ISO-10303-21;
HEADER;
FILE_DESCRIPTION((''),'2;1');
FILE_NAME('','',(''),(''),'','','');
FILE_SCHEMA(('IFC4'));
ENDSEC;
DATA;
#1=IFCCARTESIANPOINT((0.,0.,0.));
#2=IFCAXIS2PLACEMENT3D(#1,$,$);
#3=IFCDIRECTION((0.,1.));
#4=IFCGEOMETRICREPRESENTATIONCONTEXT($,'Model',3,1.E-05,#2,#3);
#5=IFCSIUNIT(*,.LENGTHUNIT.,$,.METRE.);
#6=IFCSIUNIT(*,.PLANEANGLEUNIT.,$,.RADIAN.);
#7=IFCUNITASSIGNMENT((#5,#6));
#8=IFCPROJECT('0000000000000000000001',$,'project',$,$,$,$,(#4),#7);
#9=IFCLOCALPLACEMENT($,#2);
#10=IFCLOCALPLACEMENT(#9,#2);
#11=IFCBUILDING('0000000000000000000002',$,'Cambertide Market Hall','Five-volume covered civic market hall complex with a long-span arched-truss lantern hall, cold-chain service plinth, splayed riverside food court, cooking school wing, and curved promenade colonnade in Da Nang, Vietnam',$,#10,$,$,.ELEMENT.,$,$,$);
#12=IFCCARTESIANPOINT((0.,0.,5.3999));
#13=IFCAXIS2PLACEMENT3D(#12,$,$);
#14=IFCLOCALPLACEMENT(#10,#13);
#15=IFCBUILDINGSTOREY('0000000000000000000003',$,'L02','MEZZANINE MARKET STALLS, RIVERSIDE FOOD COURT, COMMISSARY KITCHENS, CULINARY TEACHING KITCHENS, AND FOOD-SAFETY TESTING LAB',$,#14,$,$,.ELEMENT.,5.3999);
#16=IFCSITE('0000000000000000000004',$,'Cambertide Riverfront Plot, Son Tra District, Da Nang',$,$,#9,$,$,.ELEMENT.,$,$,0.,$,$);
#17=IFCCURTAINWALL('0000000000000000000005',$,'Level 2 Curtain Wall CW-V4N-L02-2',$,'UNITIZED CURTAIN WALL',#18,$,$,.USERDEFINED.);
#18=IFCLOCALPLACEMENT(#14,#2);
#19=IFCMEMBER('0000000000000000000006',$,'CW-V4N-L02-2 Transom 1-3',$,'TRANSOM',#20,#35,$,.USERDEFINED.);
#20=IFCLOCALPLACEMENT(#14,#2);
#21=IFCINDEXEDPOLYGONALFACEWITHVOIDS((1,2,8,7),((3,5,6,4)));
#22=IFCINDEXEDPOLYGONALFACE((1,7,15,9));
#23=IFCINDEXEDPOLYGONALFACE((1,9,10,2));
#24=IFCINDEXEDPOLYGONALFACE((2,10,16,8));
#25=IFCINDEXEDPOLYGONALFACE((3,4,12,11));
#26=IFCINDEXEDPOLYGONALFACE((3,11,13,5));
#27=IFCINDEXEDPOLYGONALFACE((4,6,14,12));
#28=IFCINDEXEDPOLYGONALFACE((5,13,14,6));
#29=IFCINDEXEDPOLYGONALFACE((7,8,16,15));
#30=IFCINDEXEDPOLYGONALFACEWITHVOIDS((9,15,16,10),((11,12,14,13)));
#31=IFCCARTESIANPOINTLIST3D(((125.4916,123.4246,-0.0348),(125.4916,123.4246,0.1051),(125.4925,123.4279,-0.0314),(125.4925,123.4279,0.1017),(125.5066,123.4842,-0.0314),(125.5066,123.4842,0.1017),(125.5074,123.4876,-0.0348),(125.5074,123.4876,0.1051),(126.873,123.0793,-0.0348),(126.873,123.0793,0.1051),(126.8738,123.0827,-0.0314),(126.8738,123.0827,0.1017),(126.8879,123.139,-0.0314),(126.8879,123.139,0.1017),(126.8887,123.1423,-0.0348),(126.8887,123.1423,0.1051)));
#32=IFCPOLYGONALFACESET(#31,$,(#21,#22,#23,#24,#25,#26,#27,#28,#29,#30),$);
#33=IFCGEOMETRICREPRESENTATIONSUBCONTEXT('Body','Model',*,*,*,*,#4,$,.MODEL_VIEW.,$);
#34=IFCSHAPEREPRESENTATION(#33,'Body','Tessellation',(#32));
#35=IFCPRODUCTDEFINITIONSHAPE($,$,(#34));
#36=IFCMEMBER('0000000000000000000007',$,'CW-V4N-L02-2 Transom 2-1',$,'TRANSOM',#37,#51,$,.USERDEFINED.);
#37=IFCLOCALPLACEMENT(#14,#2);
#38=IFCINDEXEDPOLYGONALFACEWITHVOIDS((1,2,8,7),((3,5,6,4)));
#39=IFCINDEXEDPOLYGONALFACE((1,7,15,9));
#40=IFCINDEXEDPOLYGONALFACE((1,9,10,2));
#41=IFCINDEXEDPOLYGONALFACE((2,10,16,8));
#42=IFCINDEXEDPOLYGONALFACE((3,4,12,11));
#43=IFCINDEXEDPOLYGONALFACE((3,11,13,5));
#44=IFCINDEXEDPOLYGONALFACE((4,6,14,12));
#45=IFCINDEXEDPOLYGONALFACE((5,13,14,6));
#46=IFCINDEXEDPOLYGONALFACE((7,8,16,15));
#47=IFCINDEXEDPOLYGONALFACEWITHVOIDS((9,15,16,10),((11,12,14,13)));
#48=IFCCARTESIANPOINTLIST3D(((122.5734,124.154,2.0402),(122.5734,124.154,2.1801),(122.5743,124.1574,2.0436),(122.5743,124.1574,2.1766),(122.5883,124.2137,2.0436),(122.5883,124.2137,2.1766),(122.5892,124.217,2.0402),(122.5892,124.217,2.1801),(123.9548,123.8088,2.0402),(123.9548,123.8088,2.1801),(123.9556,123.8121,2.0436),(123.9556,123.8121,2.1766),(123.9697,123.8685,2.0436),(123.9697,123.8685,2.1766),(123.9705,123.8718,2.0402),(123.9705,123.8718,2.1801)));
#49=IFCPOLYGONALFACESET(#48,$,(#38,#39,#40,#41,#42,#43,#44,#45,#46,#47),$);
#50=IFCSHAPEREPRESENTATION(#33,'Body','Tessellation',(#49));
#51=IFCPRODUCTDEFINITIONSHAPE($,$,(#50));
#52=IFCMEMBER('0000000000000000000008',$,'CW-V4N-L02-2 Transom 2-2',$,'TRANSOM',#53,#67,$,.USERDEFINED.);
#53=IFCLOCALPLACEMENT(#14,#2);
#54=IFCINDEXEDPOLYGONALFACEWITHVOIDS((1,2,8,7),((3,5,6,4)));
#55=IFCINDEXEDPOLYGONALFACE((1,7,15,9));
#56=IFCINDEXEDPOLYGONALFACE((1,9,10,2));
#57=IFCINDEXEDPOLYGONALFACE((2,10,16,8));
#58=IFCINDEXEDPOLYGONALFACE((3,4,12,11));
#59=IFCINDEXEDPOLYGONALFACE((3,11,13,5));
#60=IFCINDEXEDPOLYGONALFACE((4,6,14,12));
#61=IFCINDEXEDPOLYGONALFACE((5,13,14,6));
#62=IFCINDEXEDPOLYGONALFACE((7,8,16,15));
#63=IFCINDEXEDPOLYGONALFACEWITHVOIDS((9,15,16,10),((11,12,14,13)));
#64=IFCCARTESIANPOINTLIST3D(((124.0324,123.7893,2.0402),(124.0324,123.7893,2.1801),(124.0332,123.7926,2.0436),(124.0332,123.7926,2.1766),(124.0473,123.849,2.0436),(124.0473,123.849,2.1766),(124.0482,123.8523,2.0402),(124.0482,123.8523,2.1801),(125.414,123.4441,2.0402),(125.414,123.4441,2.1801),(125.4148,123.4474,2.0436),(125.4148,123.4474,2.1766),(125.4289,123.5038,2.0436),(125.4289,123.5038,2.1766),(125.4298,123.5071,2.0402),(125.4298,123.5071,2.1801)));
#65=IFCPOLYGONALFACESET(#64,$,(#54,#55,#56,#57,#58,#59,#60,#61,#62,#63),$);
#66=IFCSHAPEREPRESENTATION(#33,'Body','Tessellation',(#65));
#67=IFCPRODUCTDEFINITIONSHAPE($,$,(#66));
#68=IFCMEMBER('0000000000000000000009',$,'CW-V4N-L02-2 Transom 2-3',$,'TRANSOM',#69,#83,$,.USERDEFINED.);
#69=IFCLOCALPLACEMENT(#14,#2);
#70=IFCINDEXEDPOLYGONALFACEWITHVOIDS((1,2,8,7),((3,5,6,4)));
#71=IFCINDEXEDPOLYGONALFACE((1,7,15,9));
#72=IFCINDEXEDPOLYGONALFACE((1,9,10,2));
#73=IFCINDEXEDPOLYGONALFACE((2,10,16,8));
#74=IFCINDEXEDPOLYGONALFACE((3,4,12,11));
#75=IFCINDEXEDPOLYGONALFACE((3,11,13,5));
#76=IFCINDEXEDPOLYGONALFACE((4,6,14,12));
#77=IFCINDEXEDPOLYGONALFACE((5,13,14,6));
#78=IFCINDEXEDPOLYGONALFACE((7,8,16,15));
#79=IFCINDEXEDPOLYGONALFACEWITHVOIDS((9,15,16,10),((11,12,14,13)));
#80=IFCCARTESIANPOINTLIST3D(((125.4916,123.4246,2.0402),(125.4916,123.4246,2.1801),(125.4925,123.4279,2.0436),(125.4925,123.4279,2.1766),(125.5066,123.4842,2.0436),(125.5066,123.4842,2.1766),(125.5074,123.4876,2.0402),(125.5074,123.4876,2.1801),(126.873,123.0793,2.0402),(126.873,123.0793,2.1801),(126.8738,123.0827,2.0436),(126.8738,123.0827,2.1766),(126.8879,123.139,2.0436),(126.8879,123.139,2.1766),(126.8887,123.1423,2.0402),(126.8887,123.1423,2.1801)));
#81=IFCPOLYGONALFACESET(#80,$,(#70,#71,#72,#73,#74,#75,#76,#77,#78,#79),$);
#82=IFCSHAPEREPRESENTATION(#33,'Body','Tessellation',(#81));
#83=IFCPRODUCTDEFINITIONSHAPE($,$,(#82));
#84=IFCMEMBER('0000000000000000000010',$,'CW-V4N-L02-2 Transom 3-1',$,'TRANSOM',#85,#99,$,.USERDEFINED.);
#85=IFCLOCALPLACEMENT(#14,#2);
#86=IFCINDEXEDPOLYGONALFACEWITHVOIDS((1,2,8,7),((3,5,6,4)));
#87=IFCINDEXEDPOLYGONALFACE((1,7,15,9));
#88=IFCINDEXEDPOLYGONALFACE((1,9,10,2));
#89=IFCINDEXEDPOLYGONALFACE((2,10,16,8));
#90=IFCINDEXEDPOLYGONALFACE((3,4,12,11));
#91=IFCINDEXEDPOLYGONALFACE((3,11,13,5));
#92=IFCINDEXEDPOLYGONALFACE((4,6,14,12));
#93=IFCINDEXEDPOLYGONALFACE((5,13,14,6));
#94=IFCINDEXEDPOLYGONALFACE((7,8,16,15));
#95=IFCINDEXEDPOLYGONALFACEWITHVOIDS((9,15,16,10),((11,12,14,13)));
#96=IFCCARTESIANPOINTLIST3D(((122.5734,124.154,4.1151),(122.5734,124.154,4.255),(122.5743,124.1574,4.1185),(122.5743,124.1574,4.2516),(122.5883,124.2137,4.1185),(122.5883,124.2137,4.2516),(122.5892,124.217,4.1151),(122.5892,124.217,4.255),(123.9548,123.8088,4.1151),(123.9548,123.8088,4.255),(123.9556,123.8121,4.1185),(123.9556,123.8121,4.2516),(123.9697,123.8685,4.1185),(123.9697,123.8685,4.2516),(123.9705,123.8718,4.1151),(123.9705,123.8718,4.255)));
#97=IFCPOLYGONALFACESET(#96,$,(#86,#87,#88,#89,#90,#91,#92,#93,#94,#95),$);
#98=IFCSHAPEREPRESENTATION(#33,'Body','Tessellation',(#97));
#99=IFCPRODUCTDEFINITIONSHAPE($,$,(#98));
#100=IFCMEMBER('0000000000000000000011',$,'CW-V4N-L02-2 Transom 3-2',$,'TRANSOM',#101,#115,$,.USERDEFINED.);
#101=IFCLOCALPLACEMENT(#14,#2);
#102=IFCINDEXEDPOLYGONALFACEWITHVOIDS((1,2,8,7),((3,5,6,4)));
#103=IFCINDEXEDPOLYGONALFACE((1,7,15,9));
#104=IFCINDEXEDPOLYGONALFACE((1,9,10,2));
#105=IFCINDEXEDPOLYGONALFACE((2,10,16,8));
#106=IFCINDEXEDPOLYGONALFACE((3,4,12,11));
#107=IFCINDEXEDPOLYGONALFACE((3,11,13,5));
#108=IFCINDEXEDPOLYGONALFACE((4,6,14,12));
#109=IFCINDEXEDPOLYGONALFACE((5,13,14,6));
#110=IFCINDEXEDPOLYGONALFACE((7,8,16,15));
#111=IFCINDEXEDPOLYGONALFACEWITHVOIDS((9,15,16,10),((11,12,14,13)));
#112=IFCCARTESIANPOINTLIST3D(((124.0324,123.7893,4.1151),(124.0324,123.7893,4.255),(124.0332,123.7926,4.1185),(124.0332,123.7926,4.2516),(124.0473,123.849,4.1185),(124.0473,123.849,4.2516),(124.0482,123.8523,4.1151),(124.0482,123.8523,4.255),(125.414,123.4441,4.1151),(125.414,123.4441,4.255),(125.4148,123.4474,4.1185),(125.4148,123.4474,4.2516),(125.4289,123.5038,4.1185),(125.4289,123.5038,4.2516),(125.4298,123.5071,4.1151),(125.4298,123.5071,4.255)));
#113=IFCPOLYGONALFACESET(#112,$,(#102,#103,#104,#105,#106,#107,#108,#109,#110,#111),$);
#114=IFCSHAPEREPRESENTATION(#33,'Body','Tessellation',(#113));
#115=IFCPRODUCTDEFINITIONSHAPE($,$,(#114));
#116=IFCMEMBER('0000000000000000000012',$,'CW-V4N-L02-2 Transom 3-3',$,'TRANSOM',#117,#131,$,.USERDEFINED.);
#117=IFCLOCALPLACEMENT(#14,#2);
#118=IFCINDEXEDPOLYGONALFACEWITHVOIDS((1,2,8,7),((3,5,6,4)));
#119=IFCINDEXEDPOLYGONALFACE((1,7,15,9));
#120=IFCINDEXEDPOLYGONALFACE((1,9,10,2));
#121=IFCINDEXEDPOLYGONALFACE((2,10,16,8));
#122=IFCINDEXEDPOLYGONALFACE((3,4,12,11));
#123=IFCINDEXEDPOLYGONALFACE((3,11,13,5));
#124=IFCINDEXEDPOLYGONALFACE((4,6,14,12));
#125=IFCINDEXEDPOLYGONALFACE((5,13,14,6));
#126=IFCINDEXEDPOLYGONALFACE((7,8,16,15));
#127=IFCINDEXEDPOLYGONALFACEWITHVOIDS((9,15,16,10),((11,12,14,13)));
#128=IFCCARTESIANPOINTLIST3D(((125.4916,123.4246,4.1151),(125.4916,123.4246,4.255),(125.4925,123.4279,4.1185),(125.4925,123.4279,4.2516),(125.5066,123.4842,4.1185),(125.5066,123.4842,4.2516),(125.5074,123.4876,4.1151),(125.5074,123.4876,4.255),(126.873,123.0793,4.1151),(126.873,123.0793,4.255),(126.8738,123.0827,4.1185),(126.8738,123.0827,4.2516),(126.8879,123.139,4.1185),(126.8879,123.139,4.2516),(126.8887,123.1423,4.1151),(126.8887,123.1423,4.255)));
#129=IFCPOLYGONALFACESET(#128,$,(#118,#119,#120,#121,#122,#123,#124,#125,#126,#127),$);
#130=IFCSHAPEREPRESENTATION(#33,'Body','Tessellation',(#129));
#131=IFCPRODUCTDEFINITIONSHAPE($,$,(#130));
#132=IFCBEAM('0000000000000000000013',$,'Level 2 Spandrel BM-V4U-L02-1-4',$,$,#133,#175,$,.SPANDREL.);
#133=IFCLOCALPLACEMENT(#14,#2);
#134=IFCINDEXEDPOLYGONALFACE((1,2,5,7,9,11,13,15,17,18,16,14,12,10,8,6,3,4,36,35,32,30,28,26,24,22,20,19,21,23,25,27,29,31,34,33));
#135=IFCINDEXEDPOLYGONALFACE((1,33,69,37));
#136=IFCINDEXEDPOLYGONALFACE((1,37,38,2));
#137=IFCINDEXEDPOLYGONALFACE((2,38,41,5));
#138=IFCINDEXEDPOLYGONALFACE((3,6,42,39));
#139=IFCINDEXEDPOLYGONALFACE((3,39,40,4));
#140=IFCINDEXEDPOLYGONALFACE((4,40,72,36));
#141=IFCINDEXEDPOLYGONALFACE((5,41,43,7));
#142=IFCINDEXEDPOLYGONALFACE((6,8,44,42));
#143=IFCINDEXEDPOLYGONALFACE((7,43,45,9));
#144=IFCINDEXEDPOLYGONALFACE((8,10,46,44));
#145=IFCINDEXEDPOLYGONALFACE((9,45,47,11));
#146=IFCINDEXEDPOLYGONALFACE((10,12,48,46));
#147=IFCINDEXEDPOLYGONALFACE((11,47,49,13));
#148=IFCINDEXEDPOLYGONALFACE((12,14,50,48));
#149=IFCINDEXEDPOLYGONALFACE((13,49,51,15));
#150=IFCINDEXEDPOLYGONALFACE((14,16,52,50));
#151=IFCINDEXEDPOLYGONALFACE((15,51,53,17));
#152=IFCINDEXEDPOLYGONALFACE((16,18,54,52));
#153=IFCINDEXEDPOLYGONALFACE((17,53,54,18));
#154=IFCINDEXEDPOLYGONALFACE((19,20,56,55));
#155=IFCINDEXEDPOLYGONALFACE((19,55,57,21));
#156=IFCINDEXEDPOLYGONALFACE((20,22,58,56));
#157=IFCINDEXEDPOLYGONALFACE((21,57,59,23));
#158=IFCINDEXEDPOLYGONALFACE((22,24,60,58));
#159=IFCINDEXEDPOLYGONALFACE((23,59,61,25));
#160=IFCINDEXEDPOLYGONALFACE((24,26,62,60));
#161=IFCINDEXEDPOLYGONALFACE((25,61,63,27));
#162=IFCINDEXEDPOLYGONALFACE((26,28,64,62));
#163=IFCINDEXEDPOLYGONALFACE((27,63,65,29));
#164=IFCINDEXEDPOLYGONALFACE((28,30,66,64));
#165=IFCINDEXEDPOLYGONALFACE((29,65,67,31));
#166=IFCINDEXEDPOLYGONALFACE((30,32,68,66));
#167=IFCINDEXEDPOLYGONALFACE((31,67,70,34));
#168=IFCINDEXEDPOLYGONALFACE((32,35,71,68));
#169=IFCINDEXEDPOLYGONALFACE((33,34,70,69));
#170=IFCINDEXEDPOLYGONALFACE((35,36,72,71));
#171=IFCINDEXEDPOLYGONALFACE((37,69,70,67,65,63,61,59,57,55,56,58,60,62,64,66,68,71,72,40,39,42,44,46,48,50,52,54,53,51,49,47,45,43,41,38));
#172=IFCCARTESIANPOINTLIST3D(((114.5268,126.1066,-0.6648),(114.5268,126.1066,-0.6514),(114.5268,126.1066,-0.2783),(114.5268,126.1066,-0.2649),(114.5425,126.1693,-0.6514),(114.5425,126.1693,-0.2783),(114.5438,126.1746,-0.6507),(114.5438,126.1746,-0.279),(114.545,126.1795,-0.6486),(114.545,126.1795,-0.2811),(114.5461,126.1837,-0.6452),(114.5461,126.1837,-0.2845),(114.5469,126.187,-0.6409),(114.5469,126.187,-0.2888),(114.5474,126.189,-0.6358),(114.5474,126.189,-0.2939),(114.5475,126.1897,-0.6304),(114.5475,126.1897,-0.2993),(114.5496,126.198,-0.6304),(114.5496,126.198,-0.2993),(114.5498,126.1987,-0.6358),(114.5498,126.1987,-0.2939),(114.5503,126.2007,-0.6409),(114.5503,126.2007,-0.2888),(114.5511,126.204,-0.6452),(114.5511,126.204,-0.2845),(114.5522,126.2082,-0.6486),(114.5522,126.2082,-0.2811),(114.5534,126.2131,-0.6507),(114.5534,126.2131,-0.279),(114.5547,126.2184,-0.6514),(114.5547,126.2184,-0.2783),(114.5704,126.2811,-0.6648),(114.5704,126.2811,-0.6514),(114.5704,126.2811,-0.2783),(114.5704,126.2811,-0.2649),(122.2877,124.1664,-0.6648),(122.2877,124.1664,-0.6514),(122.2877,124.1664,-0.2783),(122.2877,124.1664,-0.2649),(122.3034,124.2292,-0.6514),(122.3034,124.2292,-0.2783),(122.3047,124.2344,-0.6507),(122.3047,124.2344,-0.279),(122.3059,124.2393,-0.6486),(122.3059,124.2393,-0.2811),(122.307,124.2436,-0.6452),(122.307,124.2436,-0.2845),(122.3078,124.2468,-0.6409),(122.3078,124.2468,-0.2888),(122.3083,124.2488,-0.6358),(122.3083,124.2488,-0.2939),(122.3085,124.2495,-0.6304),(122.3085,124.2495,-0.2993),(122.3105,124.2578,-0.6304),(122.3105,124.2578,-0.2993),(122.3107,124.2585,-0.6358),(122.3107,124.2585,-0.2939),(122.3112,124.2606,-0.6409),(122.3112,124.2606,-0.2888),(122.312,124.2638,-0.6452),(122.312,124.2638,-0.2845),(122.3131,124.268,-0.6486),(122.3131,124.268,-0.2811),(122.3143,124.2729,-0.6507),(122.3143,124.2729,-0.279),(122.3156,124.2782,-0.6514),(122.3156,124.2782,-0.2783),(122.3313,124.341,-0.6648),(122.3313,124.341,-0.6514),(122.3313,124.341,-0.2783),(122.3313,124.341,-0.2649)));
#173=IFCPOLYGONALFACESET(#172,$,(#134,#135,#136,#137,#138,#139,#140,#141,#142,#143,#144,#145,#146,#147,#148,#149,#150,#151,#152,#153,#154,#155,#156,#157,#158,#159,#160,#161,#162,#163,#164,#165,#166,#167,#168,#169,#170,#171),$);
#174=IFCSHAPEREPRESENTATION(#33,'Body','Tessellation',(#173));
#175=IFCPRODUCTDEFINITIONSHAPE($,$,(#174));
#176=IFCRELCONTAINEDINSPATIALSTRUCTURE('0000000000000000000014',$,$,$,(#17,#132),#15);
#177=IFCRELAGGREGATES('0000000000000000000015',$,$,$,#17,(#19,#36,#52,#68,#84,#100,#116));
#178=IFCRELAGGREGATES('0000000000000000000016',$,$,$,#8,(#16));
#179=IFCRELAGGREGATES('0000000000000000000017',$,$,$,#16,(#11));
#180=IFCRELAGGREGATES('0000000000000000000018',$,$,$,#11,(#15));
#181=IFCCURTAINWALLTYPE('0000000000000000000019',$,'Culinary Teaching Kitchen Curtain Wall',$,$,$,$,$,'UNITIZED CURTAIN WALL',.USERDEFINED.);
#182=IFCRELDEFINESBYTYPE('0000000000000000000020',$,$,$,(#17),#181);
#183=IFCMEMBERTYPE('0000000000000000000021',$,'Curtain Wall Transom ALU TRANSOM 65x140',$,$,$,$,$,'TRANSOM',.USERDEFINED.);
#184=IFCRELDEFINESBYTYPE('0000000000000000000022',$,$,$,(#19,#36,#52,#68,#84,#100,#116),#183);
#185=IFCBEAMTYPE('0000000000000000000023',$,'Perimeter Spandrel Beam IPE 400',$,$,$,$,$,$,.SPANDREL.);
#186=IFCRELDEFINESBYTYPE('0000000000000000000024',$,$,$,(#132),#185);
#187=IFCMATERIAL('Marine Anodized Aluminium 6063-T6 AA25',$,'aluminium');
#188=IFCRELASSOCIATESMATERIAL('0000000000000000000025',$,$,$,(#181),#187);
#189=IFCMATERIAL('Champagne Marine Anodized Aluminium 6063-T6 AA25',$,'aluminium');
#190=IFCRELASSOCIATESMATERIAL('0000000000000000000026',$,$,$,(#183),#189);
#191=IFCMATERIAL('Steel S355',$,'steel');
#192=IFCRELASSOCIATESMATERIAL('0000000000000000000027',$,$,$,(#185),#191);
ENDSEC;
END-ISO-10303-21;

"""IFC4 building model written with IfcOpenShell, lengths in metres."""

from ifc_helpers import new_model, si_unit, direction, frame, origin, origin_2d, place, context, subcontext, project, spatial, hollow_rectangle, i_section, extrude, material, material_profile, profile_set, type_object, element, aggregate, save


model = new_model("IFC4")

# Units and contexts
model_context = context("Model", 3, precision=1e-05, world=origin(), true_north=direction((0.0, 1.0)))
body_context = subcontext(model_context, "Body", "Model", "MODEL_VIEW")
ifc_project = project(units=[si_unit("LENGTHUNIT", "METRE"), si_unit("PLANEANGLEUNIT", "RADIAN")], contexts=[model_context])

# Site, building, storey
site_placement = place(None, origin())
site = spatial("IfcSite", under=ifc_project, at=site_placement, Name="Cambertide Riverfront Plot, Son Tra District, Da Nang", CompositionType="ELEMENT", RefElevation=0.0)
building_placement = place(site_placement, origin())
building = spatial("IfcBuilding", under=site, at=building_placement, Name="Cambertide Market Hall", Description="Five-volume covered civic market hall complex with a long-span arched-truss lantern hall, cold-chain service plinth, splayed riverside food court, cooking school wing, and curved promenade colonnade in Da Nang, Vietnam", CompositionType="ELEMENT")
storey_placement = place(building_placement, frame((0.0, 0.0, 5.3999)))
storey = spatial("IfcBuildingStorey", under=building, at=storey_placement, Name="L02", Description="MEZZANINE MARKET STALLS, RIVERSIDE FOOD COURT, COMMISSARY KITCHENS, CULINARY TEACHING KITCHENS, AND FOOD-SAFETY TESTING LAB", CompositionType="ELEMENT", Elevation=5.3999)

# Curtain wall, members
ifc_material_1 = material(Name="Marine Anodized Aluminium 6063-T6 AA25", Category="aluminium")
curtain_wall_type = type_object("IfcCurtainWallType", Name="Culinary Teaching Kitchen Curtain Wall", ElementType="UNITIZED CURTAIN WALL", PredefinedType="USERDEFINED", material=ifc_material_1)
curtain_wall_placement = place(storey_placement, origin())
curtain_wall = element("IfcCurtainWall", 1, at=curtain_wall_placement, inside=storey, type_object=curtain_wall_type, Name="Level 2 Curtain Wall CW-V4N-L02-2", ObjectType="UNITIZED CURTAIN WALL", PredefinedType="USERDEFINED")
ifc_material_2 = material(Name="Champagne Marine Anodized Aluminium 6063-T6 AA25", Category="aluminium")
ifc_material_profile_1 = material_profile(ifc_material_2, hollow_rectangle(XDim=0.0649, YDim=0.1399, WallThickness=0.0034, at=origin_2d()), Name="ALU TRANSOM 65x140")
ifc_profile_set_1 = profile_set([ifc_material_profile_1], Name="Champagne Marine Anodized Aluminium 6063-T6 AA25")
member_type_1 = type_object("IfcMemberType", Name="Curtain Wall Transom ALU TRANSOM 65x140", ElementType="TRANSOM", PredefinedType="USERDEFINED", material=ifc_profile_set_1)
member_1_placement = place(storey_placement, frame((125.4995, 123.4561, 0.0352), z_axis=(0.970163, -0.242455, 0.0), x_axis=(0.242455, 0.970163, 0.0)))
member_1 = element("IfcMember", 2, at=member_1_placement, type_object=member_type_1, Name="CW-V4N-L02-2 Transom 1-3", ObjectType="TRANSOM", PredefinedType="USERDEFINED", context=body_context, shape_type="SweptSolid", body=[
    extrude(hollow_rectangle(XDim=0.0649, YDim=0.1399, WallThickness=0.0034, at=origin_2d()), origin(), (0.0, 0.0, 1.0), 1.4238),
])
member_2_placement = place(storey_placement, frame((122.5813, 124.1855, 2.1101), z_axis=(0.970163, -0.242455, 0.0), x_axis=(0.242455, 0.970163, 0.0)))
member_2 = element("IfcMember", 3, at=member_2_placement, type_object=member_type_1, Name="CW-V4N-L02-2 Transom 2-1", ObjectType="TRANSOM", PredefinedType="USERDEFINED", context=body_context, shape_type="SweptSolid", body=[
    extrude(hollow_rectangle(XDim=0.0649, YDim=0.1399, WallThickness=0.0034, at=origin_2d()), origin(), (0.0, 0.0, 1.0), 1.4238),
])
member_3_placement = place(storey_placement, frame((124.0403, 123.8208, 2.1101), z_axis=(0.970173, -0.242415, 0.0), x_axis=(0.242415, 0.970173, 0.0)))
member_3 = element("IfcMember", 4, at=member_3_placement, type_object=member_type_1, Name="CW-V4N-L02-2 Transom 2-2", ObjectType="TRANSOM", PredefinedType="USERDEFINED", context=body_context, shape_type="SweptSolid", body=[
    extrude(hollow_rectangle(XDim=0.0649, YDim=0.1399, WallThickness=0.0034, at=origin_2d()), origin(), (0.0, 0.0, 1.0), 1.4241),
])
member_4_placement = place(storey_placement, frame((125.4995, 123.4561, 2.1101), z_axis=(0.970163, -0.242455, 0.0), x_axis=(0.242455, 0.970163, 0.0)))
member_4 = element("IfcMember", 5, at=member_4_placement, type_object=member_type_1, Name="CW-V4N-L02-2 Transom 2-3", ObjectType="TRANSOM", PredefinedType="USERDEFINED", context=body_context, shape_type="SweptSolid", body=[
    extrude(hollow_rectangle(XDim=0.0649, YDim=0.1399, WallThickness=0.0034, at=origin_2d()), origin(), (0.0, 0.0, 1.0), 1.4238),
])
member_5_placement = place(storey_placement, frame((122.5813, 124.1855, 4.1851), z_axis=(0.970163, -0.242455, 0.0), x_axis=(0.242455, 0.970163, 0.0)))
member_5 = element("IfcMember", 6, at=member_5_placement, type_object=member_type_1, Name="CW-V4N-L02-2 Transom 3-1", ObjectType="TRANSOM", PredefinedType="USERDEFINED", context=body_context, shape_type="SweptSolid", body=[
    extrude(hollow_rectangle(XDim=0.0649, YDim=0.1399, WallThickness=0.0034, at=origin_2d()), origin(), (0.0, 0.0, 1.0), 1.4238),
])
member_6_placement = place(storey_placement, frame((124.0403, 123.8208, 4.1851), z_axis=(0.970173, -0.242415, 0.0), x_axis=(0.242415, 0.970173, 0.0)))
member_6 = element("IfcMember", 7, at=member_6_placement, type_object=member_type_1, Name="CW-V4N-L02-2 Transom 3-2", ObjectType="TRANSOM", PredefinedType="USERDEFINED", context=body_context, shape_type="SweptSolid", body=[
    extrude(hollow_rectangle(XDim=0.0649, YDim=0.1399, WallThickness=0.0034, at=origin_2d()), origin(), (0.0, 0.0, 1.0), 1.4241),
])
member_7_placement = place(storey_placement, frame((125.4995, 123.4561, 4.1851), z_axis=(0.970163, -0.242455, 0.0), x_axis=(0.242455, 0.970163, 0.0)))
member_7 = element("IfcMember", 8, at=member_7_placement, type_object=member_type_1, Name="CW-V4N-L02-2 Transom 3-3", ObjectType="TRANSOM", PredefinedType="USERDEFINED", context=body_context, shape_type="SweptSolid", body=[
    extrude(hollow_rectangle(XDim=0.0649, YDim=0.1399, WallThickness=0.0034, at=origin_2d()), origin(), (0.0, 0.0, 1.0), 1.4238),
])

# Beam
ifc_material_3 = material(Name="Steel S355", Category="steel")
ifc_material_profile_2 = material_profile(ifc_material_3, i_section(OverallWidth=0.1799, OverallDepth=0.3999, WebThickness=0.0085, FlangeThickness=0.0134, FilletRadius=0.021, at=origin_2d()), Name="IPE 400")
ifc_profile_set_2 = profile_set([ifc_material_profile_2], Name="Steel S355")
beam_type = type_object("IfcBeamType", Name="Perimeter Spandrel Beam IPE 400", PredefinedType="SPANDREL", material=ifc_profile_set_2)
beam_1_placement = place(storey_placement, frame((114.5486, 126.1938, -0.4648), z_axis=(0.970144, -0.242528, 0.0), x_axis=(0.242528, 0.970144, 0.0)))
element("IfcBeam", 9, at=beam_1_placement, inside=storey, type_object=beam_type, Name="Level 2 Spandrel BM-V4U-L02-1-4", PredefinedType="SPANDREL", context=body_context, shape_type="SweptSolid", body=[
    extrude(i_section(OverallWidth=0.1799, OverallDepth=0.3999, WebThickness=0.0085, FlangeThickness=0.0134, FilletRadius=0.021, at=origin_2d()), origin(), (0.0, 0.0, 1.0), 7.9998),
])

aggregate(curtain_wall, [member_1, member_2, member_3, member_4, member_5, member_6, member_7])

save(model, "model.ifc")
